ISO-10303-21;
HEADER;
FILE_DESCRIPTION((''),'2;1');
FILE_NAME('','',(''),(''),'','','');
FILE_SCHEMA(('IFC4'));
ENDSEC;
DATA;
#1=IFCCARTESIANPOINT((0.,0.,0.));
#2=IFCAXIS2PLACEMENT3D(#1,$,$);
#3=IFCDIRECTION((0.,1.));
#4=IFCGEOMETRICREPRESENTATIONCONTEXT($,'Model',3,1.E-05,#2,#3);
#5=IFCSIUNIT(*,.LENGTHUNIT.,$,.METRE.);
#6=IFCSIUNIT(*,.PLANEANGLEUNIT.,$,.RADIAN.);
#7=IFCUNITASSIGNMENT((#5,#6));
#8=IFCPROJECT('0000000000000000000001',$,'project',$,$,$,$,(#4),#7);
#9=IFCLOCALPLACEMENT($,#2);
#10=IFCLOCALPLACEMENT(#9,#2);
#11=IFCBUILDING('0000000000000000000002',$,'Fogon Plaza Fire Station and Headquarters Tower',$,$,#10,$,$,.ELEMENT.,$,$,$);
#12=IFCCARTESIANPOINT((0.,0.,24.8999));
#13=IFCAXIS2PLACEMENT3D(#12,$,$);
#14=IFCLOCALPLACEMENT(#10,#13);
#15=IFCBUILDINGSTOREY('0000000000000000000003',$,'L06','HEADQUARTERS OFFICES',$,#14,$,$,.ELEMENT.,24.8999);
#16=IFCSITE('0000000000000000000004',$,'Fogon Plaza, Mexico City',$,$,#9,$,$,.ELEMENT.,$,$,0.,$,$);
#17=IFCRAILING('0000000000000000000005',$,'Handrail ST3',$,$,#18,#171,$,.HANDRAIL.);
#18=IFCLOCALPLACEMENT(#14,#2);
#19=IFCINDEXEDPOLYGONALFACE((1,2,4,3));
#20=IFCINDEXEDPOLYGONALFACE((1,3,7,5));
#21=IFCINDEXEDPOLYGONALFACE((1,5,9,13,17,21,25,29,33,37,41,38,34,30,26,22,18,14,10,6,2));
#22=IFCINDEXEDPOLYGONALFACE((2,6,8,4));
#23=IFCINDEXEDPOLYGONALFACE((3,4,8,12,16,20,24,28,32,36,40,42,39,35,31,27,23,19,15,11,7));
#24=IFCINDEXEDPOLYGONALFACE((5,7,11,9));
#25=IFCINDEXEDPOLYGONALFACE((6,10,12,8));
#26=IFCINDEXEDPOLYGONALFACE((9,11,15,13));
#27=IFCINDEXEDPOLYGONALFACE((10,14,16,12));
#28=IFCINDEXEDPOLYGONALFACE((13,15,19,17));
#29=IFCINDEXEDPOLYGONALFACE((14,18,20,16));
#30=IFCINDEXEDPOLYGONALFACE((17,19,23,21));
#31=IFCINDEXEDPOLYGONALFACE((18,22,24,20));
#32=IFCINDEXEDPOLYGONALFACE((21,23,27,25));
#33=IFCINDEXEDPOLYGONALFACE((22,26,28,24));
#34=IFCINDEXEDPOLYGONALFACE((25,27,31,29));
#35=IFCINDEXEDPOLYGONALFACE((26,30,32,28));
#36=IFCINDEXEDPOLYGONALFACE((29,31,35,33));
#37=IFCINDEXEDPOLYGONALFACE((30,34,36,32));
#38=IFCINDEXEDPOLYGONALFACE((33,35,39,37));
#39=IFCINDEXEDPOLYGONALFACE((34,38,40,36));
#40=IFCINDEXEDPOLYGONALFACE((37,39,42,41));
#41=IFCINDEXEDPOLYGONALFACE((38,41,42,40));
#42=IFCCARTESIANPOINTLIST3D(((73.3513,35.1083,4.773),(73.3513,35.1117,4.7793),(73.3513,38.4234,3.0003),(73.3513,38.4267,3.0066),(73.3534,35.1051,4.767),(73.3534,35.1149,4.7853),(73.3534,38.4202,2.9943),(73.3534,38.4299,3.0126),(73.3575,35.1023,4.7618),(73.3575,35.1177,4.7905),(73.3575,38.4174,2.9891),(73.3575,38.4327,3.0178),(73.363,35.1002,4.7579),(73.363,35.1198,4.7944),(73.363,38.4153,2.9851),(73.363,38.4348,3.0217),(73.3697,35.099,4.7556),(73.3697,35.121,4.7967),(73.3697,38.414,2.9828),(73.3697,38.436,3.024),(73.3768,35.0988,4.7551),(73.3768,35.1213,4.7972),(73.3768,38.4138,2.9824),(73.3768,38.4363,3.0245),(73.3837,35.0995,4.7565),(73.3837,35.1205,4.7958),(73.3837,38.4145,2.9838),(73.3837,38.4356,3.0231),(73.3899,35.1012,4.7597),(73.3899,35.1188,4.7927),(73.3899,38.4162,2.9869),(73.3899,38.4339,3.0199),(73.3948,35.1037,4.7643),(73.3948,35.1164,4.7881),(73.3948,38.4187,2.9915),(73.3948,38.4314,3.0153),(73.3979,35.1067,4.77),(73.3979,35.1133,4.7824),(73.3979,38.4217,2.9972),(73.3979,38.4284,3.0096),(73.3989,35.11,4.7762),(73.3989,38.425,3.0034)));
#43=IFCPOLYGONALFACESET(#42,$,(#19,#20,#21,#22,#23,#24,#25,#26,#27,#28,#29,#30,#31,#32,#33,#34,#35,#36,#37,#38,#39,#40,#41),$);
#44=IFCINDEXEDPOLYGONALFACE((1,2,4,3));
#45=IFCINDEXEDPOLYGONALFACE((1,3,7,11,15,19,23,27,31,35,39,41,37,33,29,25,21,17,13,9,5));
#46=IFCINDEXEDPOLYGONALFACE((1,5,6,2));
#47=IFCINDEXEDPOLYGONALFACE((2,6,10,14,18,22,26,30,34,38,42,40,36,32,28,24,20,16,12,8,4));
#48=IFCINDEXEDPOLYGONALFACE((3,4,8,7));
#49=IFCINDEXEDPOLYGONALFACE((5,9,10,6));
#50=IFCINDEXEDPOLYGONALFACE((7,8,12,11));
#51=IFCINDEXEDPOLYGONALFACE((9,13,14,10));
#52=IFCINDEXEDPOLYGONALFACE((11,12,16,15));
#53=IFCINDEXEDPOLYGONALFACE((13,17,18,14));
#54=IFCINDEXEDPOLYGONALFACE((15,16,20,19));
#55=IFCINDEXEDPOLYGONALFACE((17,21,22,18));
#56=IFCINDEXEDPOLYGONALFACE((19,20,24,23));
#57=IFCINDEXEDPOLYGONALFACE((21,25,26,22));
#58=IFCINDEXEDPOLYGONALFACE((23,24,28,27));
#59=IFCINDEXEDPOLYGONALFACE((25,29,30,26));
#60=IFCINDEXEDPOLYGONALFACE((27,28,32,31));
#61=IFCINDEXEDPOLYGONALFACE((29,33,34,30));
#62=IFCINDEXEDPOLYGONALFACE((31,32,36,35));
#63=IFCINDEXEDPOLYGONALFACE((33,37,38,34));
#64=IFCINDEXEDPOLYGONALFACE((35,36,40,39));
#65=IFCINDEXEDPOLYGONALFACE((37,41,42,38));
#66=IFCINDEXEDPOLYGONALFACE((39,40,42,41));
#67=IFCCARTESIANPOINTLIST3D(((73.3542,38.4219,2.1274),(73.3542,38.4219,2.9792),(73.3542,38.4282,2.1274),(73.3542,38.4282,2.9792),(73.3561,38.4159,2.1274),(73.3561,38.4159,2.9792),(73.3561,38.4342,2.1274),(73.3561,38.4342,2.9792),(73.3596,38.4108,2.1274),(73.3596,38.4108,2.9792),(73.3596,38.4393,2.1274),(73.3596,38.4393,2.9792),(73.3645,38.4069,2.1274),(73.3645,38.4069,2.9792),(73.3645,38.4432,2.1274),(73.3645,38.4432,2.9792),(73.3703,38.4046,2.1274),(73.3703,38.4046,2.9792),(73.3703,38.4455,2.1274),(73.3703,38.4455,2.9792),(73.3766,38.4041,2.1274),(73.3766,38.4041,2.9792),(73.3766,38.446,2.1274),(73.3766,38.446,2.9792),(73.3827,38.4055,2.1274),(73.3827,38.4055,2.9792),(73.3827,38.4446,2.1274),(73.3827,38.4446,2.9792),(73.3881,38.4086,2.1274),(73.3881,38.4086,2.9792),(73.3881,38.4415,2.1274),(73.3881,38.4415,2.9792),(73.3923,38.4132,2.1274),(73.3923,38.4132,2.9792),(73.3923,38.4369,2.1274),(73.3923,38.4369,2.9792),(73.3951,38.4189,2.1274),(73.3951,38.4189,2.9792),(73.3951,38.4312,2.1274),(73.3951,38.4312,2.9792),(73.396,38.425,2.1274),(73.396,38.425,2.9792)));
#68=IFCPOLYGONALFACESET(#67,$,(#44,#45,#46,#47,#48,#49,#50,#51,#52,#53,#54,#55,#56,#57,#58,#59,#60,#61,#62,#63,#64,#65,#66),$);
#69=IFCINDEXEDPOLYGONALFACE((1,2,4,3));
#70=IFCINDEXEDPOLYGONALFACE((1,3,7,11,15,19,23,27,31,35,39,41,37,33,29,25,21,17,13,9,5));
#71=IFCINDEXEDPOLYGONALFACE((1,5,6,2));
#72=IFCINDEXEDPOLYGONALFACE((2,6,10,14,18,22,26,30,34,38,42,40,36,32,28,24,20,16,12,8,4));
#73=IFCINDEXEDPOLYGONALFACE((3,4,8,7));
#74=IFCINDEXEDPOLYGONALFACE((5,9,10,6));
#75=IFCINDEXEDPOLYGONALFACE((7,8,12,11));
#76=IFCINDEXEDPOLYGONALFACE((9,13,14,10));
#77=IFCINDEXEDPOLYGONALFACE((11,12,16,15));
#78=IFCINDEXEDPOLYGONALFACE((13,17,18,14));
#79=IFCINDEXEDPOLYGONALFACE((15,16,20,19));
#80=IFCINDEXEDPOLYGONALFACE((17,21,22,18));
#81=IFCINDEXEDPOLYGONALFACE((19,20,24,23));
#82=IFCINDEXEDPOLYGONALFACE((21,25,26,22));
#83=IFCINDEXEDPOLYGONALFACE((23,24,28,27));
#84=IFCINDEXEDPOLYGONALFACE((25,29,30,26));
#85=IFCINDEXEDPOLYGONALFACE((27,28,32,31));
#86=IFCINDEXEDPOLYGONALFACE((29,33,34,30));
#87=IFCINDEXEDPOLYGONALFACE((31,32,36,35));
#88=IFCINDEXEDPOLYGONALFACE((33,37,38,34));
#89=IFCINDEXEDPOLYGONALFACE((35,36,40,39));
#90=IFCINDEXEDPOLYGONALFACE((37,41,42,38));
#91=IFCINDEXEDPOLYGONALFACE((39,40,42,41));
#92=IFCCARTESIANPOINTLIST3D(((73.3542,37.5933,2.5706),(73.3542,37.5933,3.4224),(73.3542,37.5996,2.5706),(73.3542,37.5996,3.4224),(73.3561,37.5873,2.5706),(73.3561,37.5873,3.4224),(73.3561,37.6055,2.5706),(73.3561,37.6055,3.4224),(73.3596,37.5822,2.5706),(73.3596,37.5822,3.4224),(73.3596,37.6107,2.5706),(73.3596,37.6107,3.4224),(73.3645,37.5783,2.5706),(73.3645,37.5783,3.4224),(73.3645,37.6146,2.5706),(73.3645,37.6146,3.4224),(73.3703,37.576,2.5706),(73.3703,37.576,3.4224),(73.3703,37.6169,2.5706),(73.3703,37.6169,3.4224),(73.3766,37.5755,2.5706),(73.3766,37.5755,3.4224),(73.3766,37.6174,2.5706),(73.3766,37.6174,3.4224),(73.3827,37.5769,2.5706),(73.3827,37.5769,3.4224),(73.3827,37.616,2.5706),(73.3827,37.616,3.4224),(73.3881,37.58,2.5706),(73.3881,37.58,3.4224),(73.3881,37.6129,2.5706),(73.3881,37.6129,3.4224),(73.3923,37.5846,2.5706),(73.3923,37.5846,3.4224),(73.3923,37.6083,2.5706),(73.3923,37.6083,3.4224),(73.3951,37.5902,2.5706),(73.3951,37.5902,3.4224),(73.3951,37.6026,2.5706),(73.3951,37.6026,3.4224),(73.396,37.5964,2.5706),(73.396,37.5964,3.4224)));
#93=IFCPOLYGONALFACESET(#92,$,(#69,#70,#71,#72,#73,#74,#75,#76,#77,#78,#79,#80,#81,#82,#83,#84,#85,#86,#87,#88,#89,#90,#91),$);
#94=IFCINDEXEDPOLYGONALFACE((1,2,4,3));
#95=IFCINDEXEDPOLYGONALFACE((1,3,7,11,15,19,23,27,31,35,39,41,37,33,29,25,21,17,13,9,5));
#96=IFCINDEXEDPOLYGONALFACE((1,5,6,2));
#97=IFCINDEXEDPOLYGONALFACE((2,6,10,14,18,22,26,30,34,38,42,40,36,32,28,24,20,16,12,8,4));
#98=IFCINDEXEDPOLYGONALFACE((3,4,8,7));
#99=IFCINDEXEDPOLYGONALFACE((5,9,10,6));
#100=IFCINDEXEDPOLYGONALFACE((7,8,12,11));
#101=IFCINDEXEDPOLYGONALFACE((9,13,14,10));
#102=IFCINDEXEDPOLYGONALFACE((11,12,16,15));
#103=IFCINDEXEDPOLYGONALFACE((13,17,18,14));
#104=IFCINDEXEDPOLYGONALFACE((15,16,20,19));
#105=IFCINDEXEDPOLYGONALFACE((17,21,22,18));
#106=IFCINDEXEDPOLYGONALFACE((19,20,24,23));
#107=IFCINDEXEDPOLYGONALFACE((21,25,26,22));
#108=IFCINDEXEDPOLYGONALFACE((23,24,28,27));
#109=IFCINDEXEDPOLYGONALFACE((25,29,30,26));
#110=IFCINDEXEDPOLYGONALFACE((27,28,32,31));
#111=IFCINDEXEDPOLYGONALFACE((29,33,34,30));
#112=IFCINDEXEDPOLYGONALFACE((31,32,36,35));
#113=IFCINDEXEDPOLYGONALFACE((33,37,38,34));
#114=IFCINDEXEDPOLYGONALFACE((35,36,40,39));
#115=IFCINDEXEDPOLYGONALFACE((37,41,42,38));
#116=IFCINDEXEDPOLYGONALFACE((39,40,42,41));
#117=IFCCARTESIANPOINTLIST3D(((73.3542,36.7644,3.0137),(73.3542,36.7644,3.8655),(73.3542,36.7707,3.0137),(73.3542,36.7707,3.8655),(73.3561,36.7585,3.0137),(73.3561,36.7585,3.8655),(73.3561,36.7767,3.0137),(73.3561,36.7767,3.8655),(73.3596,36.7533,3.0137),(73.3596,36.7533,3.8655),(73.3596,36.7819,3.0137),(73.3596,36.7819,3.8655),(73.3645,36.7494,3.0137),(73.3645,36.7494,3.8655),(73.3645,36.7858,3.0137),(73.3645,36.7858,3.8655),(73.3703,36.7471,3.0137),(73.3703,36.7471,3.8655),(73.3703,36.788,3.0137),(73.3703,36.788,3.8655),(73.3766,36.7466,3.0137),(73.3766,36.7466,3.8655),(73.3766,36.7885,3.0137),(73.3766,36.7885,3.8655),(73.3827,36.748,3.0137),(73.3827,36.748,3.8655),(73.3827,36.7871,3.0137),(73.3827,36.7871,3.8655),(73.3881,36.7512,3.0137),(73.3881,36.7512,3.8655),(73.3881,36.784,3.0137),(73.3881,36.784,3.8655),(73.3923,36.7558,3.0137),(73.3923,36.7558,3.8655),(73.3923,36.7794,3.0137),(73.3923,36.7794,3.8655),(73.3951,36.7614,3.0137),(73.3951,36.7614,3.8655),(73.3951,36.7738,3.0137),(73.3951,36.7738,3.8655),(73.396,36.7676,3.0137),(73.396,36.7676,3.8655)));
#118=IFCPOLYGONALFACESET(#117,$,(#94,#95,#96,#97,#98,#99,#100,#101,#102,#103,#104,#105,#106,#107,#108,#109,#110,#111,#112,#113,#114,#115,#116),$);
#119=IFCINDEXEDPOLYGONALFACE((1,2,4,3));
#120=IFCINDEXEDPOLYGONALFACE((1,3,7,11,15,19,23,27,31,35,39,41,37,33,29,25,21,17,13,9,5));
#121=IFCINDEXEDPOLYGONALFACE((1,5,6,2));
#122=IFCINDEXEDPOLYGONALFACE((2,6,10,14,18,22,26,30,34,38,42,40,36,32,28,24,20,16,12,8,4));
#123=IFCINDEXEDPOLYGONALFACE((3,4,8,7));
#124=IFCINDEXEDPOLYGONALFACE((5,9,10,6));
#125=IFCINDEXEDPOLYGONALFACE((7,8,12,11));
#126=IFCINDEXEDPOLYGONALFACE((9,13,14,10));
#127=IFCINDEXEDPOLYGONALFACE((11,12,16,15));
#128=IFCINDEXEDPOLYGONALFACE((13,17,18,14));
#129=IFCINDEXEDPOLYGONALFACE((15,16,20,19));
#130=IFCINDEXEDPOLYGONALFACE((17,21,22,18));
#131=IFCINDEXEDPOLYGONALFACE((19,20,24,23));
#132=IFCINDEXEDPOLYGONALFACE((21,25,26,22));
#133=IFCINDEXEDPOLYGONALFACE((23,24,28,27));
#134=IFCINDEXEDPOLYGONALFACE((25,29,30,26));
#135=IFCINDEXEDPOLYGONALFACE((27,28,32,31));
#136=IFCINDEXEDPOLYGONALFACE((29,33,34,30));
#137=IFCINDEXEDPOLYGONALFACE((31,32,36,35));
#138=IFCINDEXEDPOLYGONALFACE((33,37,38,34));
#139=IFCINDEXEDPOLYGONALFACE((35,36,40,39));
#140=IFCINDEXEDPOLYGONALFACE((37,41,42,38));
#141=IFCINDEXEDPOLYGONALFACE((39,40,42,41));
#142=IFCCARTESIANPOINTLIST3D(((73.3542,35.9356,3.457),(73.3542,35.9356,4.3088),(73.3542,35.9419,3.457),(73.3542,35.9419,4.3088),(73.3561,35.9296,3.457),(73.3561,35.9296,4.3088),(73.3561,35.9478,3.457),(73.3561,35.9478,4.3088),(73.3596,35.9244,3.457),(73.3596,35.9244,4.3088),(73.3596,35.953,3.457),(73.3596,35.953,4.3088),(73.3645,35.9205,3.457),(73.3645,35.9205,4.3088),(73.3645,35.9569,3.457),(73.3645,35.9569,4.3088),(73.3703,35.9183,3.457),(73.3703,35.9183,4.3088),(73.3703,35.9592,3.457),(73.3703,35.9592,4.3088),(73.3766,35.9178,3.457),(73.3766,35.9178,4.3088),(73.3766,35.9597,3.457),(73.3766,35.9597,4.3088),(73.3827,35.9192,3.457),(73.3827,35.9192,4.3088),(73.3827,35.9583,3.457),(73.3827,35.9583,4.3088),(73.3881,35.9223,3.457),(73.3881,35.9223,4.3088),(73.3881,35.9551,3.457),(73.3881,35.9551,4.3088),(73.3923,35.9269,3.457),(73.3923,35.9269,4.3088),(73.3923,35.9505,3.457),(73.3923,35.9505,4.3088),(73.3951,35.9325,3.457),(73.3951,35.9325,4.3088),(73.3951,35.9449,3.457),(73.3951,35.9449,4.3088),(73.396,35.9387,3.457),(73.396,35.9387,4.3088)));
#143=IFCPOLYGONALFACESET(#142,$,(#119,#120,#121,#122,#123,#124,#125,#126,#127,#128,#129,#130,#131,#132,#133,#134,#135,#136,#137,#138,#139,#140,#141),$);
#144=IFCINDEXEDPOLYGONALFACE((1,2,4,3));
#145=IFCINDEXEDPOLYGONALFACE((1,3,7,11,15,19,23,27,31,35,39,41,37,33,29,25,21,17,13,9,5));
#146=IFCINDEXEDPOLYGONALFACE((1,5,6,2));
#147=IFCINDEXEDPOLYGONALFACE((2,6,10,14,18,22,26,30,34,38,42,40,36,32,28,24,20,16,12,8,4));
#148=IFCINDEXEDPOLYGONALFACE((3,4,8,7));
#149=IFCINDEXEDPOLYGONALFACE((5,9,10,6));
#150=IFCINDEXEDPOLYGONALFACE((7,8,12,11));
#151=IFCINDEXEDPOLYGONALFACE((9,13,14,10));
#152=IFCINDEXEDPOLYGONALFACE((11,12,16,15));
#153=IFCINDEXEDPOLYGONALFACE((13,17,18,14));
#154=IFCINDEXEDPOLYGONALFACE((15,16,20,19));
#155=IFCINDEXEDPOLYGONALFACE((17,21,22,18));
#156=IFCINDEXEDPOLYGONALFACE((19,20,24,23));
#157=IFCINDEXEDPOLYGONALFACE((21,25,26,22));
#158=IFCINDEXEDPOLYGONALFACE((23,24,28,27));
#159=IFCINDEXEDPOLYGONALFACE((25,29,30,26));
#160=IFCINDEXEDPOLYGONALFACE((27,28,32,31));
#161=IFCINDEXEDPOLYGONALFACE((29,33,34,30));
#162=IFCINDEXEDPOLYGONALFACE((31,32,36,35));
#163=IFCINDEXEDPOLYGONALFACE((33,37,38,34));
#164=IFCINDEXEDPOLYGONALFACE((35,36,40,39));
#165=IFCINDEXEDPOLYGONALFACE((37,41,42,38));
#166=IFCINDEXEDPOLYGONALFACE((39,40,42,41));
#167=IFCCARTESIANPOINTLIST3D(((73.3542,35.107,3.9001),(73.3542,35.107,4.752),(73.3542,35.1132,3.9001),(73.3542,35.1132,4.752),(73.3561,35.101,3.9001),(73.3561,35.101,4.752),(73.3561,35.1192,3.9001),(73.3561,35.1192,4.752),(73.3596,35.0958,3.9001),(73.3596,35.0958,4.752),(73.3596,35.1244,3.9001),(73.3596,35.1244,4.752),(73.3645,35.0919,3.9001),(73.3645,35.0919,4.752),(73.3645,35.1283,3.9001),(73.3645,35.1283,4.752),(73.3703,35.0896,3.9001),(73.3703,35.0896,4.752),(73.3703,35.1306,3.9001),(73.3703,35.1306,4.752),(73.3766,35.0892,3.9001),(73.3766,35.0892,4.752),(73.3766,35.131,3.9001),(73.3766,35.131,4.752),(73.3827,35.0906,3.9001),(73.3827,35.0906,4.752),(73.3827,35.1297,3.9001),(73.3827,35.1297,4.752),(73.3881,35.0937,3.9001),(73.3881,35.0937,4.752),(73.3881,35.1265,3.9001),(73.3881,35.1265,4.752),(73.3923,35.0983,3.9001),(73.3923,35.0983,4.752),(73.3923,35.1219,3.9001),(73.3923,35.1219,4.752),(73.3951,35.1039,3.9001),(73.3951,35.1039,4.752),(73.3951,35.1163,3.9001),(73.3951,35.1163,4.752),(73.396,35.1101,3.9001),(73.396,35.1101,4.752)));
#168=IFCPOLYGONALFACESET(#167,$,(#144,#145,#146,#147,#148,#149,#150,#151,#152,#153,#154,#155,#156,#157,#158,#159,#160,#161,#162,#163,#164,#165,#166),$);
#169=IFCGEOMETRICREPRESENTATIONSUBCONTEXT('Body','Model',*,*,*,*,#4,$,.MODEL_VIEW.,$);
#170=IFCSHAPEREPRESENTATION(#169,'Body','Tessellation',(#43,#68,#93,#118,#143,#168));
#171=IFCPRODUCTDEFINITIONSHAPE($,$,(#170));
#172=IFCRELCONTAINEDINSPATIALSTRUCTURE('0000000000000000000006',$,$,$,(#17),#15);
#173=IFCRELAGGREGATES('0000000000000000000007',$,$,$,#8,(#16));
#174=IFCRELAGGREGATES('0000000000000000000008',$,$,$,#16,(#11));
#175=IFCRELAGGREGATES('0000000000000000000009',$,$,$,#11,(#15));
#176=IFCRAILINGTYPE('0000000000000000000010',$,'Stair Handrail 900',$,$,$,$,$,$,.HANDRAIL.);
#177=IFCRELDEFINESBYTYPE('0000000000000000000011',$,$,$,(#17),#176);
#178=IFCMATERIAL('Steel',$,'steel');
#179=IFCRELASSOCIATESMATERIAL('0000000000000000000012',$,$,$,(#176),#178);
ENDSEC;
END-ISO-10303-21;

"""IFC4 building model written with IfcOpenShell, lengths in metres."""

from ifc_helpers import new_model, si_unit, direction, frame, origin, origin_2d, place, context, subcontext, project, spatial, circle, extrude, material, type_object, element, save


model = new_model("IFC4")

# Units and contexts
model_context = context("Model", 3, precision=1e-05, world=origin(), true_north=direction((0.0, 1.0)))
body_context = subcontext(model_context, "Body", "Model", "MODEL_VIEW")
ifc_project = project(units=[si_unit("LENGTHUNIT", "METRE"), si_unit("PLANEANGLEUNIT", "RADIAN")], contexts=[model_context])

# Site, building, storey
site_placement = place(None, origin())
site = spatial("IfcSite", under=ifc_project, at=site_placement, Name="Fogon Plaza, Mexico City", CompositionType="ELEMENT", RefElevation=0.0)
building_placement = place(site_placement, origin())
building = spatial("IfcBuilding", under=site, at=building_placement, Name="Fogon Plaza Fire Station and Headquarters Tower", CompositionType="ELEMENT")
storey_placement = place(building_placement, frame((0.0, 0.0, 24.8999)))
storey = spatial("IfcBuildingStorey", under=building, at=storey_placement, Name="L06", Description="HEADQUARTERS OFFICES", CompositionType="ELEMENT", Elevation=24.8999)

# Railing
ifc_material_1 = material(Name="Steel", Category="steel")
railing_type = type_object("IfcRailingType", Name="Stair Handrail 900", PredefinedType="HANDRAIL", material=ifc_material_1)
for number, where, name in (
    (1, (73.375, 38.425, 2.1274), "Handrail ST3"),
):
    element("IfcRailing", number, at=place(storey_placement, frame(where)), inside=storey, type_object=railing_type, Name=name, PredefinedType="HANDRAIL", context=body_context, shape_type="SweptSolid", body=[
        extrude(circle(Radius=0.0239, at=origin_2d()), frame((0.0, 0.0, 0.876), z_axis=(0.0, -0.881829, 0.471569), x_axis=(1.0, 0.0, 0.0)), (0.0, 0.0, 1.0), 3.7593),
        extrude(circle(Radius=0.021, at=origin_2d()), origin(), (0.0, 0.0, 1.0), 0.8518),
        extrude(circle(Radius=0.021, at=origin_2d()), frame((0.0, -0.8286, 0.4431)), (0.0, 0.0, 1.0), 0.8518),
        extrude(circle(Radius=0.021, at=origin_2d()), frame((0.0, -1.6575, 0.8862)), (0.0, 0.0, 1.0), 0.8518),
        extrude(circle(Radius=0.021, at=origin_2d()), frame((0.0, -2.4863, 1.3296)), (0.0, 0.0, 1.0), 0.8518),
        extrude(circle(Radius=0.021, at=origin_2d()), frame((0.0, -3.3149, 1.7727)), (0.0, 0.0, 1.0), 0.8518),
    ])

save(model, "model.ifc")
